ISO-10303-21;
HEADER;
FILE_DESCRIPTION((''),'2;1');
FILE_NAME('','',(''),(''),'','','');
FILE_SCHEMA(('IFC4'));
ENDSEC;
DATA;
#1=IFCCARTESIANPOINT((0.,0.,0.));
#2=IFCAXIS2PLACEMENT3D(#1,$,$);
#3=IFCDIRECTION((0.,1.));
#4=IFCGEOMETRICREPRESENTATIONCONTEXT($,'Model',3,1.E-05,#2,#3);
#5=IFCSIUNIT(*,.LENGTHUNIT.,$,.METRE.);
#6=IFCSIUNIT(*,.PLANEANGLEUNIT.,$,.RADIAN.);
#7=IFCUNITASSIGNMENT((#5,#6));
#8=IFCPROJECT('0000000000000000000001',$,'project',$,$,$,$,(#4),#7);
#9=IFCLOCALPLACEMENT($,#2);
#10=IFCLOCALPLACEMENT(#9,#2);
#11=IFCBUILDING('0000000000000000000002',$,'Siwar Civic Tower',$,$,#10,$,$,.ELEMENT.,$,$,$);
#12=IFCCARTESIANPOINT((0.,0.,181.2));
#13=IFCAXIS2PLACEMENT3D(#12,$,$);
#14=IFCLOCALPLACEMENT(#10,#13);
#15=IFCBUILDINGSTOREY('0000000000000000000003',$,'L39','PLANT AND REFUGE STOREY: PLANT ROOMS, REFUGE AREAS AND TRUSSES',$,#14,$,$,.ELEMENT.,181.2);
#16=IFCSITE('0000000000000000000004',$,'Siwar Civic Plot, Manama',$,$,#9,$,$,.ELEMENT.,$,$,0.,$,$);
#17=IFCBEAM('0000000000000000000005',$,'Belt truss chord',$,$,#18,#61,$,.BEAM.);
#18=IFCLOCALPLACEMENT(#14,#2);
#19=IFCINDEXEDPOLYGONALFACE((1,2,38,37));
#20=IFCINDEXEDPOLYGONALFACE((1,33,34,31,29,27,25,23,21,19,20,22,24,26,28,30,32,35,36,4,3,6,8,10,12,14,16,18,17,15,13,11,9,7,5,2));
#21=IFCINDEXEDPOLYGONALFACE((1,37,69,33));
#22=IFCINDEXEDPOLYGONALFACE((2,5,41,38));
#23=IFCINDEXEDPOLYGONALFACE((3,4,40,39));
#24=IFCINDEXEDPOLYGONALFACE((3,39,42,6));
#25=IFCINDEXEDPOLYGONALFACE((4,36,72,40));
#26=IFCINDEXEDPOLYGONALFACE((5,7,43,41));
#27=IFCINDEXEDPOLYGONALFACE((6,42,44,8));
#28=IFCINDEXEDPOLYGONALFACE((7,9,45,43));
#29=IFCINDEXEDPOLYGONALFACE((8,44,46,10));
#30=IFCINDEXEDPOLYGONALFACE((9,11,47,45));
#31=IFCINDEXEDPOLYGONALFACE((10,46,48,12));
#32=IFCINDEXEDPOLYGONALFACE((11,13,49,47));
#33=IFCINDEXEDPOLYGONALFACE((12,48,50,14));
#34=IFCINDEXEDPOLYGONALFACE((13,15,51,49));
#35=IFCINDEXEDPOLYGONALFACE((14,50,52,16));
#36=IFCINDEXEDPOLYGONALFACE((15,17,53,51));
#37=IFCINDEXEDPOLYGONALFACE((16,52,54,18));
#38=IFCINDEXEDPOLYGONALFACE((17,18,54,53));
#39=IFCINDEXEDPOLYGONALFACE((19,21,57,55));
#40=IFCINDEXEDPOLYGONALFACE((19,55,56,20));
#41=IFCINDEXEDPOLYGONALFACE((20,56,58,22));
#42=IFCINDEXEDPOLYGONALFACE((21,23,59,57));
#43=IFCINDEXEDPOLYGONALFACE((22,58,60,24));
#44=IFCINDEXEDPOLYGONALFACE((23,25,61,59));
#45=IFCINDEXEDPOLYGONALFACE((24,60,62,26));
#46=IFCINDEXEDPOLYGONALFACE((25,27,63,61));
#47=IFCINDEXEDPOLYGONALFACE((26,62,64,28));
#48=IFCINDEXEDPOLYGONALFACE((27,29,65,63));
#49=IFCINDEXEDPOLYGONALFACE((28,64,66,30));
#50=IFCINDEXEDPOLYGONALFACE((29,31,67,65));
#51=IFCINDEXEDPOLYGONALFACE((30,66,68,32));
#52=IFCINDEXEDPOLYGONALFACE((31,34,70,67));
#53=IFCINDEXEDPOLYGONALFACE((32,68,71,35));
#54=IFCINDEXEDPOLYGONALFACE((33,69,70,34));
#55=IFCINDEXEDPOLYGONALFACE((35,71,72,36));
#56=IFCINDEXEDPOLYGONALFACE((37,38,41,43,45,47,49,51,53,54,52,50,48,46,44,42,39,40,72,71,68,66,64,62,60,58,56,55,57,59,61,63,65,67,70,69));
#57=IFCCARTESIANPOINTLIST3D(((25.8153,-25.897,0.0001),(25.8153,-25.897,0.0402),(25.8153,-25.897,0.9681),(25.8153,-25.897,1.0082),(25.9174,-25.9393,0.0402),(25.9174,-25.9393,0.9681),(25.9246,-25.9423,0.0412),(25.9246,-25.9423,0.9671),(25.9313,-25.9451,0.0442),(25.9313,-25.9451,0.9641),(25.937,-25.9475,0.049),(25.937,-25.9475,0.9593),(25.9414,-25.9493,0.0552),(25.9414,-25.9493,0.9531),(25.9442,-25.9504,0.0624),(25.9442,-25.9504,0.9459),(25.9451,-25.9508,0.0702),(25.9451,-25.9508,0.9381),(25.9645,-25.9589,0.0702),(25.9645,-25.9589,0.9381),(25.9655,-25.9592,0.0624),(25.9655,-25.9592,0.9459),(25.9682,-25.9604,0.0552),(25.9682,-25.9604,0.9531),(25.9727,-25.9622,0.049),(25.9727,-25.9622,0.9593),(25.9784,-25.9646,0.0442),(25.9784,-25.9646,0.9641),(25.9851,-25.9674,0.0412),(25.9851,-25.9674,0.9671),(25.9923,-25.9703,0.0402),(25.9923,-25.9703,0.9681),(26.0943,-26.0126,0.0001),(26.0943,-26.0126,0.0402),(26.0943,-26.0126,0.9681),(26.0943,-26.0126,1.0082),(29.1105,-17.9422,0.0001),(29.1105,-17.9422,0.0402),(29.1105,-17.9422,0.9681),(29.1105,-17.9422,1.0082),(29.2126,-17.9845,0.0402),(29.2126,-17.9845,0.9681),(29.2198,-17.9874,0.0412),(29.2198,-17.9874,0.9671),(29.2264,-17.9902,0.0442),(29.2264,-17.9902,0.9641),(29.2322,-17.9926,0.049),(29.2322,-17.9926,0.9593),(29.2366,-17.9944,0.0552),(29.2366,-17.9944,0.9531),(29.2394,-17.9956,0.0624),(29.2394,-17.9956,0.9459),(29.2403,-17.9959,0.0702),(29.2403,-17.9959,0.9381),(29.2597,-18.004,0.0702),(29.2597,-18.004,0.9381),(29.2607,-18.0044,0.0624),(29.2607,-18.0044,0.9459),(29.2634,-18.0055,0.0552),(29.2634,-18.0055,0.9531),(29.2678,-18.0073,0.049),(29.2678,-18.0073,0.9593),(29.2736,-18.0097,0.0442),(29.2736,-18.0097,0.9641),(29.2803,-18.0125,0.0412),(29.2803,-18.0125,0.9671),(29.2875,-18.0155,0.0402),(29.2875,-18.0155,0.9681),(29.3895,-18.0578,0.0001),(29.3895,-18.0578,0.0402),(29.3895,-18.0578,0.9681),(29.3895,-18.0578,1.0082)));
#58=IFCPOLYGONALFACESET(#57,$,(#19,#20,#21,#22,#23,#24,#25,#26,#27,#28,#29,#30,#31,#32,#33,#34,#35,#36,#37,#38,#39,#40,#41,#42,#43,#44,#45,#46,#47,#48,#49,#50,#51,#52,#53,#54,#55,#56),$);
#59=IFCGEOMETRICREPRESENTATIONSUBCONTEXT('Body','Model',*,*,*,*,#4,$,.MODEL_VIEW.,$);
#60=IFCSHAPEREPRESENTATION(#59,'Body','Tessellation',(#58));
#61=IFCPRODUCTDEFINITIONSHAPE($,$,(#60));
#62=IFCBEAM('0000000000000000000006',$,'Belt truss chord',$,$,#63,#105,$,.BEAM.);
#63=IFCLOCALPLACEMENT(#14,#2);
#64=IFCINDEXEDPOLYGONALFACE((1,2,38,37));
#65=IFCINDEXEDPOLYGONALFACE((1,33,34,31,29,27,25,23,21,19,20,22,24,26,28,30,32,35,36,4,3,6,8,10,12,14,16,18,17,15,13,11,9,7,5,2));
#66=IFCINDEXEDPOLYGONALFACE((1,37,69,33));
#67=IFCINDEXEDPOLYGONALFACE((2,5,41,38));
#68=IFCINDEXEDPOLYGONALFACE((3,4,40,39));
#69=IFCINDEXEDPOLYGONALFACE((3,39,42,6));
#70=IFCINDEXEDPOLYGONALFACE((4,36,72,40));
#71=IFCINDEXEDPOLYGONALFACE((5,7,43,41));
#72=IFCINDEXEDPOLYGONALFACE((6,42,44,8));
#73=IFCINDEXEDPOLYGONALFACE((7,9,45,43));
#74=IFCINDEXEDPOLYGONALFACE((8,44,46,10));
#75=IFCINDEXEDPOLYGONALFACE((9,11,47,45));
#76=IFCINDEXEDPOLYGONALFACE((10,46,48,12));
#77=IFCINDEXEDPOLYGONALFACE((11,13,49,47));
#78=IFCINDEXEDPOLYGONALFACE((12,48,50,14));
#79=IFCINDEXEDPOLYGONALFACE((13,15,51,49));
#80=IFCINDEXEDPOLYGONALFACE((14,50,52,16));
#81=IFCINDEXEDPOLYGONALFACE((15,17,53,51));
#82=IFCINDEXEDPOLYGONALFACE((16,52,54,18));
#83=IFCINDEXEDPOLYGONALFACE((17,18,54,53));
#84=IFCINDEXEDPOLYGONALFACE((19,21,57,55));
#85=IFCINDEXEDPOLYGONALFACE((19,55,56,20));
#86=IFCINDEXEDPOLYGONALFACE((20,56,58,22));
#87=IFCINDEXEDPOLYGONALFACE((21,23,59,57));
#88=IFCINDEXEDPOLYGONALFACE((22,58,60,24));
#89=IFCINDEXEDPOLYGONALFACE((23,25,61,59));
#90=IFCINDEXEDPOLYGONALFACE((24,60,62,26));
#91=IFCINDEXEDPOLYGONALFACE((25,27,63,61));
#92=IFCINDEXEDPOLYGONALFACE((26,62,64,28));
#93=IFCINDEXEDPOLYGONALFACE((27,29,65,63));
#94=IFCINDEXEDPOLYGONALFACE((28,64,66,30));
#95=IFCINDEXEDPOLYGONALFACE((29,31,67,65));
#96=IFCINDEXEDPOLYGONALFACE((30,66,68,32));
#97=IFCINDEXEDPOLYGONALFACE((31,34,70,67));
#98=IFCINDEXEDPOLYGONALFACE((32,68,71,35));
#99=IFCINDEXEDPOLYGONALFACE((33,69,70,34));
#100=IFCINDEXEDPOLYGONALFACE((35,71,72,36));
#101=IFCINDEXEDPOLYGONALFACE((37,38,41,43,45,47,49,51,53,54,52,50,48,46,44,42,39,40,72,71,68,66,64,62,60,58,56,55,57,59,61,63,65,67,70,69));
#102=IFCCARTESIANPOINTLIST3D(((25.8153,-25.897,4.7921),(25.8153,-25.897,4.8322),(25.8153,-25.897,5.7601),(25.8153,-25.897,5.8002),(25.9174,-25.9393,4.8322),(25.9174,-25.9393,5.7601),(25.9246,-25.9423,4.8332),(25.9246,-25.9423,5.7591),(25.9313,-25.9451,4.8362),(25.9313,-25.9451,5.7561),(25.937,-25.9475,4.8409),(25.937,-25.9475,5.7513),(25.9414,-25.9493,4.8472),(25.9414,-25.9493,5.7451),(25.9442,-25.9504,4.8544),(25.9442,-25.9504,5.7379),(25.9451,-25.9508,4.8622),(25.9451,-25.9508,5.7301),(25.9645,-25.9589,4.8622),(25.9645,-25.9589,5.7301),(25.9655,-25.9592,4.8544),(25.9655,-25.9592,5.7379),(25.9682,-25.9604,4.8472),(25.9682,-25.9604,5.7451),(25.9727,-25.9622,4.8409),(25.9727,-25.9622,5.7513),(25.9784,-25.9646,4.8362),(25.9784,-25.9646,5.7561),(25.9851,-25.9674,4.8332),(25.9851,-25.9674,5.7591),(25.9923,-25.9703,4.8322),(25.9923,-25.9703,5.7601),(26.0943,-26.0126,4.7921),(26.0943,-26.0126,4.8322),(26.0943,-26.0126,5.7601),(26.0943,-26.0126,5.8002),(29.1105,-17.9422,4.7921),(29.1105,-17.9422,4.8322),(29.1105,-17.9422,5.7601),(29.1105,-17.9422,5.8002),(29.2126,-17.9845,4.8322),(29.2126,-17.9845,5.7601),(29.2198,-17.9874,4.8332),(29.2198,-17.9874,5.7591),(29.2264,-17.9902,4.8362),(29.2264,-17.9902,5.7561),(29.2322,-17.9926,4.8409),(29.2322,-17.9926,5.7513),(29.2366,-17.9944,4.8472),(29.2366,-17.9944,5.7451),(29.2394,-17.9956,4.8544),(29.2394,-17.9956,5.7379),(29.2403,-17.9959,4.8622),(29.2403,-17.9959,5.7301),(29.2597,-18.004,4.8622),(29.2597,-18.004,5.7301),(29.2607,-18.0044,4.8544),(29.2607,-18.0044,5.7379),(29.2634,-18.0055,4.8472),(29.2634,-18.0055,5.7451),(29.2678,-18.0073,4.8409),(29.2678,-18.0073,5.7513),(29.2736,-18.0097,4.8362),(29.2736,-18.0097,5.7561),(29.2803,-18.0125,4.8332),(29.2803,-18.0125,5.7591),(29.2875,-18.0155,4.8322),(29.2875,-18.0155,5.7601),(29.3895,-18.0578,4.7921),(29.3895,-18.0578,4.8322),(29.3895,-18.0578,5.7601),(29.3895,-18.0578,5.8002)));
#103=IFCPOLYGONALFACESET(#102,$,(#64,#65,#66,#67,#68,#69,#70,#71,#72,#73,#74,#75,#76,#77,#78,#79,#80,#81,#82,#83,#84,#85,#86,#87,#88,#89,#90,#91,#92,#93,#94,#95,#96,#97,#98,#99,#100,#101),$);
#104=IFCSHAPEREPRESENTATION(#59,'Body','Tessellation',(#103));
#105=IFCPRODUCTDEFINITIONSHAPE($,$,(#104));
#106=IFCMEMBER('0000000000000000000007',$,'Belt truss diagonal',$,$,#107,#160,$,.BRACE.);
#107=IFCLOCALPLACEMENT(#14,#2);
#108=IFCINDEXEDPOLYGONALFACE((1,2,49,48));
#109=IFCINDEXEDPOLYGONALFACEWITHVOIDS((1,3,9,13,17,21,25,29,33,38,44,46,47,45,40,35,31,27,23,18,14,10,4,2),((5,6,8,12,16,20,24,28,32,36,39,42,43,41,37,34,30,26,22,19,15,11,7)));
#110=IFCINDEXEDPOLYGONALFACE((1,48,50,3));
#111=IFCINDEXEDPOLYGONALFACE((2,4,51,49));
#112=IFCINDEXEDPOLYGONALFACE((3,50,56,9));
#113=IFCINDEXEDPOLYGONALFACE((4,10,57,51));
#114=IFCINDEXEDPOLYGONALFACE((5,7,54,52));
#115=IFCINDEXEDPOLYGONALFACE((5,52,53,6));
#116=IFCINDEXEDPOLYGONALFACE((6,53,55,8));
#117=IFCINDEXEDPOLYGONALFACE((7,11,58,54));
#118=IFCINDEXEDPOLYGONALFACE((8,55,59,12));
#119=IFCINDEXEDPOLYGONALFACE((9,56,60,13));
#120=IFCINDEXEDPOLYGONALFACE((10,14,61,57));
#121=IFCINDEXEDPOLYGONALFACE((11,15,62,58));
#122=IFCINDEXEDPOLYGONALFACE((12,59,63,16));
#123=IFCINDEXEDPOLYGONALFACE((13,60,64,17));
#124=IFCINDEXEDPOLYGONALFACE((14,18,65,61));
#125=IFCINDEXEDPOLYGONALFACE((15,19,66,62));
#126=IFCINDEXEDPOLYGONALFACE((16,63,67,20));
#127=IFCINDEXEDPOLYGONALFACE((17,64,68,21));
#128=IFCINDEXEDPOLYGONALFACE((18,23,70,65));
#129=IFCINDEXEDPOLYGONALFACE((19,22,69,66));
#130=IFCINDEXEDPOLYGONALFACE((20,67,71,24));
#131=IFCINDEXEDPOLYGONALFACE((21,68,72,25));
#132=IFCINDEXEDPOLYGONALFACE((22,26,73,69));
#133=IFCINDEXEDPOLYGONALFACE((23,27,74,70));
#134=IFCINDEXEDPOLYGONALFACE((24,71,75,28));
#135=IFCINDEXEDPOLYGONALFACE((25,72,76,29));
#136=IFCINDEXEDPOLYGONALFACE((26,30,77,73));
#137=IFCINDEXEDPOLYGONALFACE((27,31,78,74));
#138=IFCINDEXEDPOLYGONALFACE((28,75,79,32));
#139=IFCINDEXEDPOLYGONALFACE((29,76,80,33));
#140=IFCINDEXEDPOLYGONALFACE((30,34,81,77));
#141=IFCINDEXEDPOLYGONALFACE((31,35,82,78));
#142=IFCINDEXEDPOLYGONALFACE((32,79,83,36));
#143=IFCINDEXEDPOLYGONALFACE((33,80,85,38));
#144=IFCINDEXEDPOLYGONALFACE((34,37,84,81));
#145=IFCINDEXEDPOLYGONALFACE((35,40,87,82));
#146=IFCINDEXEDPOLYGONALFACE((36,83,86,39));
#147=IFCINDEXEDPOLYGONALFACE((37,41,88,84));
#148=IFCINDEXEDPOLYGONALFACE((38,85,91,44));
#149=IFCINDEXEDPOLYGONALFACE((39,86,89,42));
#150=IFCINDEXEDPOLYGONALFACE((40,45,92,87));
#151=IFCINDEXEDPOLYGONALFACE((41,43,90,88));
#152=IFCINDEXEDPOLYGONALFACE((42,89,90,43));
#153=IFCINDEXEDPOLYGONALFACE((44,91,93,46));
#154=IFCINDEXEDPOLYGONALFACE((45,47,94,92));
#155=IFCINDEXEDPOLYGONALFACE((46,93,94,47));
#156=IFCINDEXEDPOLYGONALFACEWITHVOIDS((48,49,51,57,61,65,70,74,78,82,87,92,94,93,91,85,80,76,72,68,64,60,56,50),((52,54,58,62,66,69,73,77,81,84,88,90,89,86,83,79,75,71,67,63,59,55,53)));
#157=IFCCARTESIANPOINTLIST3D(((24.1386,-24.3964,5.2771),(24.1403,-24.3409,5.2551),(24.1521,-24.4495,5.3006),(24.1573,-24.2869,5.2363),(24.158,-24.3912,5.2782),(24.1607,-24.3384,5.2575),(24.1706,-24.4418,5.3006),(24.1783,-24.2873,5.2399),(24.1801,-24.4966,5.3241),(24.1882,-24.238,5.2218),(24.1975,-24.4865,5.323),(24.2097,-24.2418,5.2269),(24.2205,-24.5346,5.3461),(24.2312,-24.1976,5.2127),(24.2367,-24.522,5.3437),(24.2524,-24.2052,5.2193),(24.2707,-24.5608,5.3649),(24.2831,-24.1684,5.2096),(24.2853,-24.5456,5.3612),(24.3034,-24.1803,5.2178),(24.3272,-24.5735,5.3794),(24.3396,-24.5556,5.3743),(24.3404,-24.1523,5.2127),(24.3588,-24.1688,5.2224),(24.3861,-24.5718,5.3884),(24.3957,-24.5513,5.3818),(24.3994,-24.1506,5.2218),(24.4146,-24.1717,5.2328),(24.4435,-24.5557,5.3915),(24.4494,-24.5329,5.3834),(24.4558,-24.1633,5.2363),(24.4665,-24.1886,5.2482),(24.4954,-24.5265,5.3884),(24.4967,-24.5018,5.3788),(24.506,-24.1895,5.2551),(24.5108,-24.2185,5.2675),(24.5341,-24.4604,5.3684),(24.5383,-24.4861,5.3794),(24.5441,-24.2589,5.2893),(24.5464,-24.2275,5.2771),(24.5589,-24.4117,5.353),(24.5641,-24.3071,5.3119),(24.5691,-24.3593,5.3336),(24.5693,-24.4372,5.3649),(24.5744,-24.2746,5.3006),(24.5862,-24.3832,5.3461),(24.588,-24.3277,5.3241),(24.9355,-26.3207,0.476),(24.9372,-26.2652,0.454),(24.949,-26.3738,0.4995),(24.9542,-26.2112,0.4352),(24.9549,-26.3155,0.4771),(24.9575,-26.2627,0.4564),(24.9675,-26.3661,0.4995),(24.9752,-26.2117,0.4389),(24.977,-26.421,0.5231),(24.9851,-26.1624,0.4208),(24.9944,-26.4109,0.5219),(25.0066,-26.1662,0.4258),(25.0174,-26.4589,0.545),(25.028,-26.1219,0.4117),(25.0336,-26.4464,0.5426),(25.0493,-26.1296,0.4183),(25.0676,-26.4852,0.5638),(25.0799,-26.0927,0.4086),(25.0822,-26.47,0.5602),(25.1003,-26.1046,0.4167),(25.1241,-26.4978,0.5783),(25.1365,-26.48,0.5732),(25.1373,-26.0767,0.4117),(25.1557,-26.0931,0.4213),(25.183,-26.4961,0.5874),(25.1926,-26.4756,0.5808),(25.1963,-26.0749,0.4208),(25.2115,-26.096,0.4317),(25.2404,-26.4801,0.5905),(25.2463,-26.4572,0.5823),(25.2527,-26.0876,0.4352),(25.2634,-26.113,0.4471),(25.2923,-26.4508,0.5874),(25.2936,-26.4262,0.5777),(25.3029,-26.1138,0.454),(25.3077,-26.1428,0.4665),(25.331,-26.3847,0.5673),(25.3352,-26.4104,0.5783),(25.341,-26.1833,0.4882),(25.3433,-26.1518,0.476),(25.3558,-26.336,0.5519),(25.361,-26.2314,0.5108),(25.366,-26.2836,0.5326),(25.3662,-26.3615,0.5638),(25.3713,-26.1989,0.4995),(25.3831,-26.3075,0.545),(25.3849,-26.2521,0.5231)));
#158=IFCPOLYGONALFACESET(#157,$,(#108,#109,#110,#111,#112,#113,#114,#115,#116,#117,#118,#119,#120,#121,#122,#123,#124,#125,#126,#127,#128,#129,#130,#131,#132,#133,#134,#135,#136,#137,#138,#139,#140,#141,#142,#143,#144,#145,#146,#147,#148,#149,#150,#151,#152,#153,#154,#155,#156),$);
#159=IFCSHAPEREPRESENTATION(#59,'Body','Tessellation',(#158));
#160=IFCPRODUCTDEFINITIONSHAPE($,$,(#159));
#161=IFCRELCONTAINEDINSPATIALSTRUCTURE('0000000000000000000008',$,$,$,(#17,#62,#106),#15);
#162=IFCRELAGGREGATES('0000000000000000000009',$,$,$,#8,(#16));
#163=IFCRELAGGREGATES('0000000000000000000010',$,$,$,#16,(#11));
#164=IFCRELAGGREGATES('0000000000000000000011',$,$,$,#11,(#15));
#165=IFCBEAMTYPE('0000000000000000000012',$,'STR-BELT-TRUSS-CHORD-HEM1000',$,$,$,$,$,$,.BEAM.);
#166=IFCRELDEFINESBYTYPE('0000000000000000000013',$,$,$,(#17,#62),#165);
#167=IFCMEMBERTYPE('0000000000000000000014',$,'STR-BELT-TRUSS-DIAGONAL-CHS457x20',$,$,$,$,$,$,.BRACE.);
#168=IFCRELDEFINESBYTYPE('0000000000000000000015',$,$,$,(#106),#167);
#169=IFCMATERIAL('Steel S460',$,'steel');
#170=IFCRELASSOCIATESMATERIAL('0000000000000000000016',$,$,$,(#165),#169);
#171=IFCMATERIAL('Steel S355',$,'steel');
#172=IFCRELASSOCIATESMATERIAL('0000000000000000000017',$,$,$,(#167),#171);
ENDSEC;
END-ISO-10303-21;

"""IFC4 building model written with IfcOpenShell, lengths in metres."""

from ifc_helpers import new_model, si_unit, direction, frame, origin, origin_2d, place, context, subcontext, project, spatial, hollow_circle, i_section, extrude, material, material_profile, profile_set, type_object, element, save


model = new_model("IFC4")

# Units and contexts
model_context = context("Model", 3, precision=1e-05, world=origin(), true_north=direction((0.0, 1.0)))
body_context = subcontext(model_context, "Body", "Model", "MODEL_VIEW")
ifc_project = project(units=[si_unit("LENGTHUNIT", "METRE"), si_unit("PLANEANGLEUNIT", "RADIAN")], contexts=[model_context])

# Site, building, storey
site_placement = place(None, origin())
site = spatial("IfcSite", under=ifc_project, at=site_placement, Name="Siwar Civic Plot, Manama", CompositionType="ELEMENT", RefElevation=0.0)
building_placement = place(site_placement, origin())
building = spatial("IfcBuilding", under=site, at=building_placement, Name="Siwar Civic Tower", CompositionType="ELEMENT")
storey_placement = place(building_placement, frame((0.0, 0.0, 181.2)))
storey = spatial("IfcBuildingStorey", under=building, at=storey_placement, Name="L39", Description="PLANT AND REFUGE STOREY: PLANT ROOMS, REFUGE AREAS AND TRUSSES", CompositionType="ELEMENT", Elevation=181.2)

# Beams
ifc_material_1 = material(Name="Steel S460", Category="steel")
ifc_material_profile_1 = material_profile(ifc_material_1, i_section(OverallWidth=0.302, OverallDepth=1.0081, WebThickness=0.021, FlangeThickness=0.04, FilletRadius=0.03, at=origin_2d()), Name="HEM1000")
ifc_profile_set_1 = profile_set([ifc_material_profile_1], Name="Steel S460")
beam_type_1 = type_object("IfcBeamType", Name="STR-BELT-TRUSS-CHORD-HEM1000", PredefinedType="BEAM", material=ifc_profile_set_1)
for number, where, z_axis, x_axis, name in (
    (1, (25.9548, -25.9548, 0.5042), (0.3827, 0.923873, 0.0), (-0.923873, 0.3827, 0.0), "Belt truss chord"),
    (2, (25.9548, -25.9548, 5.2961), (0.3827, 0.923873, 0.0), (-0.923873, 0.3827, 0.0), "Belt truss chord"),
):
    element("IfcBeam", number, at=place(storey_placement, frame(where, z_axis=z_axis, x_axis=x_axis)), inside=storey, type_object=beam_type_1, Name=name, PredefinedType="BEAM", context=body_context, shape_type="SweptSolid", body=[
        extrude(i_section(OverallWidth=0.302, OverallDepth=1.0081, WebThickness=0.021, FlangeThickness=0.04, FilletRadius=0.03, at=origin_2d()), origin(), (0.0, 0.0, 1.0), 8.6104),
    ])

# Member
ifc_material_2 = material(Name="Steel S355", Category="steel")
ifc_material_profile_2 = material_profile(ifc_material_2, hollow_circle(Radius=0.2285, WallThickness=0.02, at=origin_2d()), Name="CHS457x20")
ifc_profile_set_2 = profile_set([ifc_material_profile_2], Name="Steel S355")
member_type_1 = type_object("IfcMemberType", Name="STR-BELT-TRUSS-DIAGONAL-CHS457x20", PredefinedType="BRACE", material=ifc_profile_set_2)
member_1_placement = place(storey_placement, frame((25.1602, -26.2864, 0.4995), z_axis=(-0.152269, 0.367703, 0.917392), x_axis=(-0.923914, -0.3826, 0.0)))
element("IfcMember", 3, at=member_1_placement, inside=storey, type_object=member_type_1, Name="Belt truss diagonal", PredefinedType="BRACE", context=body_context, shape_type="SweptSolid", body=[
    extrude(hollow_circle(Radius=0.2285, WallThickness=0.02, at=origin_2d()), origin(), (0.0, 0.0, 1.0), 5.2334),
])

save(model, "model.ifc")
